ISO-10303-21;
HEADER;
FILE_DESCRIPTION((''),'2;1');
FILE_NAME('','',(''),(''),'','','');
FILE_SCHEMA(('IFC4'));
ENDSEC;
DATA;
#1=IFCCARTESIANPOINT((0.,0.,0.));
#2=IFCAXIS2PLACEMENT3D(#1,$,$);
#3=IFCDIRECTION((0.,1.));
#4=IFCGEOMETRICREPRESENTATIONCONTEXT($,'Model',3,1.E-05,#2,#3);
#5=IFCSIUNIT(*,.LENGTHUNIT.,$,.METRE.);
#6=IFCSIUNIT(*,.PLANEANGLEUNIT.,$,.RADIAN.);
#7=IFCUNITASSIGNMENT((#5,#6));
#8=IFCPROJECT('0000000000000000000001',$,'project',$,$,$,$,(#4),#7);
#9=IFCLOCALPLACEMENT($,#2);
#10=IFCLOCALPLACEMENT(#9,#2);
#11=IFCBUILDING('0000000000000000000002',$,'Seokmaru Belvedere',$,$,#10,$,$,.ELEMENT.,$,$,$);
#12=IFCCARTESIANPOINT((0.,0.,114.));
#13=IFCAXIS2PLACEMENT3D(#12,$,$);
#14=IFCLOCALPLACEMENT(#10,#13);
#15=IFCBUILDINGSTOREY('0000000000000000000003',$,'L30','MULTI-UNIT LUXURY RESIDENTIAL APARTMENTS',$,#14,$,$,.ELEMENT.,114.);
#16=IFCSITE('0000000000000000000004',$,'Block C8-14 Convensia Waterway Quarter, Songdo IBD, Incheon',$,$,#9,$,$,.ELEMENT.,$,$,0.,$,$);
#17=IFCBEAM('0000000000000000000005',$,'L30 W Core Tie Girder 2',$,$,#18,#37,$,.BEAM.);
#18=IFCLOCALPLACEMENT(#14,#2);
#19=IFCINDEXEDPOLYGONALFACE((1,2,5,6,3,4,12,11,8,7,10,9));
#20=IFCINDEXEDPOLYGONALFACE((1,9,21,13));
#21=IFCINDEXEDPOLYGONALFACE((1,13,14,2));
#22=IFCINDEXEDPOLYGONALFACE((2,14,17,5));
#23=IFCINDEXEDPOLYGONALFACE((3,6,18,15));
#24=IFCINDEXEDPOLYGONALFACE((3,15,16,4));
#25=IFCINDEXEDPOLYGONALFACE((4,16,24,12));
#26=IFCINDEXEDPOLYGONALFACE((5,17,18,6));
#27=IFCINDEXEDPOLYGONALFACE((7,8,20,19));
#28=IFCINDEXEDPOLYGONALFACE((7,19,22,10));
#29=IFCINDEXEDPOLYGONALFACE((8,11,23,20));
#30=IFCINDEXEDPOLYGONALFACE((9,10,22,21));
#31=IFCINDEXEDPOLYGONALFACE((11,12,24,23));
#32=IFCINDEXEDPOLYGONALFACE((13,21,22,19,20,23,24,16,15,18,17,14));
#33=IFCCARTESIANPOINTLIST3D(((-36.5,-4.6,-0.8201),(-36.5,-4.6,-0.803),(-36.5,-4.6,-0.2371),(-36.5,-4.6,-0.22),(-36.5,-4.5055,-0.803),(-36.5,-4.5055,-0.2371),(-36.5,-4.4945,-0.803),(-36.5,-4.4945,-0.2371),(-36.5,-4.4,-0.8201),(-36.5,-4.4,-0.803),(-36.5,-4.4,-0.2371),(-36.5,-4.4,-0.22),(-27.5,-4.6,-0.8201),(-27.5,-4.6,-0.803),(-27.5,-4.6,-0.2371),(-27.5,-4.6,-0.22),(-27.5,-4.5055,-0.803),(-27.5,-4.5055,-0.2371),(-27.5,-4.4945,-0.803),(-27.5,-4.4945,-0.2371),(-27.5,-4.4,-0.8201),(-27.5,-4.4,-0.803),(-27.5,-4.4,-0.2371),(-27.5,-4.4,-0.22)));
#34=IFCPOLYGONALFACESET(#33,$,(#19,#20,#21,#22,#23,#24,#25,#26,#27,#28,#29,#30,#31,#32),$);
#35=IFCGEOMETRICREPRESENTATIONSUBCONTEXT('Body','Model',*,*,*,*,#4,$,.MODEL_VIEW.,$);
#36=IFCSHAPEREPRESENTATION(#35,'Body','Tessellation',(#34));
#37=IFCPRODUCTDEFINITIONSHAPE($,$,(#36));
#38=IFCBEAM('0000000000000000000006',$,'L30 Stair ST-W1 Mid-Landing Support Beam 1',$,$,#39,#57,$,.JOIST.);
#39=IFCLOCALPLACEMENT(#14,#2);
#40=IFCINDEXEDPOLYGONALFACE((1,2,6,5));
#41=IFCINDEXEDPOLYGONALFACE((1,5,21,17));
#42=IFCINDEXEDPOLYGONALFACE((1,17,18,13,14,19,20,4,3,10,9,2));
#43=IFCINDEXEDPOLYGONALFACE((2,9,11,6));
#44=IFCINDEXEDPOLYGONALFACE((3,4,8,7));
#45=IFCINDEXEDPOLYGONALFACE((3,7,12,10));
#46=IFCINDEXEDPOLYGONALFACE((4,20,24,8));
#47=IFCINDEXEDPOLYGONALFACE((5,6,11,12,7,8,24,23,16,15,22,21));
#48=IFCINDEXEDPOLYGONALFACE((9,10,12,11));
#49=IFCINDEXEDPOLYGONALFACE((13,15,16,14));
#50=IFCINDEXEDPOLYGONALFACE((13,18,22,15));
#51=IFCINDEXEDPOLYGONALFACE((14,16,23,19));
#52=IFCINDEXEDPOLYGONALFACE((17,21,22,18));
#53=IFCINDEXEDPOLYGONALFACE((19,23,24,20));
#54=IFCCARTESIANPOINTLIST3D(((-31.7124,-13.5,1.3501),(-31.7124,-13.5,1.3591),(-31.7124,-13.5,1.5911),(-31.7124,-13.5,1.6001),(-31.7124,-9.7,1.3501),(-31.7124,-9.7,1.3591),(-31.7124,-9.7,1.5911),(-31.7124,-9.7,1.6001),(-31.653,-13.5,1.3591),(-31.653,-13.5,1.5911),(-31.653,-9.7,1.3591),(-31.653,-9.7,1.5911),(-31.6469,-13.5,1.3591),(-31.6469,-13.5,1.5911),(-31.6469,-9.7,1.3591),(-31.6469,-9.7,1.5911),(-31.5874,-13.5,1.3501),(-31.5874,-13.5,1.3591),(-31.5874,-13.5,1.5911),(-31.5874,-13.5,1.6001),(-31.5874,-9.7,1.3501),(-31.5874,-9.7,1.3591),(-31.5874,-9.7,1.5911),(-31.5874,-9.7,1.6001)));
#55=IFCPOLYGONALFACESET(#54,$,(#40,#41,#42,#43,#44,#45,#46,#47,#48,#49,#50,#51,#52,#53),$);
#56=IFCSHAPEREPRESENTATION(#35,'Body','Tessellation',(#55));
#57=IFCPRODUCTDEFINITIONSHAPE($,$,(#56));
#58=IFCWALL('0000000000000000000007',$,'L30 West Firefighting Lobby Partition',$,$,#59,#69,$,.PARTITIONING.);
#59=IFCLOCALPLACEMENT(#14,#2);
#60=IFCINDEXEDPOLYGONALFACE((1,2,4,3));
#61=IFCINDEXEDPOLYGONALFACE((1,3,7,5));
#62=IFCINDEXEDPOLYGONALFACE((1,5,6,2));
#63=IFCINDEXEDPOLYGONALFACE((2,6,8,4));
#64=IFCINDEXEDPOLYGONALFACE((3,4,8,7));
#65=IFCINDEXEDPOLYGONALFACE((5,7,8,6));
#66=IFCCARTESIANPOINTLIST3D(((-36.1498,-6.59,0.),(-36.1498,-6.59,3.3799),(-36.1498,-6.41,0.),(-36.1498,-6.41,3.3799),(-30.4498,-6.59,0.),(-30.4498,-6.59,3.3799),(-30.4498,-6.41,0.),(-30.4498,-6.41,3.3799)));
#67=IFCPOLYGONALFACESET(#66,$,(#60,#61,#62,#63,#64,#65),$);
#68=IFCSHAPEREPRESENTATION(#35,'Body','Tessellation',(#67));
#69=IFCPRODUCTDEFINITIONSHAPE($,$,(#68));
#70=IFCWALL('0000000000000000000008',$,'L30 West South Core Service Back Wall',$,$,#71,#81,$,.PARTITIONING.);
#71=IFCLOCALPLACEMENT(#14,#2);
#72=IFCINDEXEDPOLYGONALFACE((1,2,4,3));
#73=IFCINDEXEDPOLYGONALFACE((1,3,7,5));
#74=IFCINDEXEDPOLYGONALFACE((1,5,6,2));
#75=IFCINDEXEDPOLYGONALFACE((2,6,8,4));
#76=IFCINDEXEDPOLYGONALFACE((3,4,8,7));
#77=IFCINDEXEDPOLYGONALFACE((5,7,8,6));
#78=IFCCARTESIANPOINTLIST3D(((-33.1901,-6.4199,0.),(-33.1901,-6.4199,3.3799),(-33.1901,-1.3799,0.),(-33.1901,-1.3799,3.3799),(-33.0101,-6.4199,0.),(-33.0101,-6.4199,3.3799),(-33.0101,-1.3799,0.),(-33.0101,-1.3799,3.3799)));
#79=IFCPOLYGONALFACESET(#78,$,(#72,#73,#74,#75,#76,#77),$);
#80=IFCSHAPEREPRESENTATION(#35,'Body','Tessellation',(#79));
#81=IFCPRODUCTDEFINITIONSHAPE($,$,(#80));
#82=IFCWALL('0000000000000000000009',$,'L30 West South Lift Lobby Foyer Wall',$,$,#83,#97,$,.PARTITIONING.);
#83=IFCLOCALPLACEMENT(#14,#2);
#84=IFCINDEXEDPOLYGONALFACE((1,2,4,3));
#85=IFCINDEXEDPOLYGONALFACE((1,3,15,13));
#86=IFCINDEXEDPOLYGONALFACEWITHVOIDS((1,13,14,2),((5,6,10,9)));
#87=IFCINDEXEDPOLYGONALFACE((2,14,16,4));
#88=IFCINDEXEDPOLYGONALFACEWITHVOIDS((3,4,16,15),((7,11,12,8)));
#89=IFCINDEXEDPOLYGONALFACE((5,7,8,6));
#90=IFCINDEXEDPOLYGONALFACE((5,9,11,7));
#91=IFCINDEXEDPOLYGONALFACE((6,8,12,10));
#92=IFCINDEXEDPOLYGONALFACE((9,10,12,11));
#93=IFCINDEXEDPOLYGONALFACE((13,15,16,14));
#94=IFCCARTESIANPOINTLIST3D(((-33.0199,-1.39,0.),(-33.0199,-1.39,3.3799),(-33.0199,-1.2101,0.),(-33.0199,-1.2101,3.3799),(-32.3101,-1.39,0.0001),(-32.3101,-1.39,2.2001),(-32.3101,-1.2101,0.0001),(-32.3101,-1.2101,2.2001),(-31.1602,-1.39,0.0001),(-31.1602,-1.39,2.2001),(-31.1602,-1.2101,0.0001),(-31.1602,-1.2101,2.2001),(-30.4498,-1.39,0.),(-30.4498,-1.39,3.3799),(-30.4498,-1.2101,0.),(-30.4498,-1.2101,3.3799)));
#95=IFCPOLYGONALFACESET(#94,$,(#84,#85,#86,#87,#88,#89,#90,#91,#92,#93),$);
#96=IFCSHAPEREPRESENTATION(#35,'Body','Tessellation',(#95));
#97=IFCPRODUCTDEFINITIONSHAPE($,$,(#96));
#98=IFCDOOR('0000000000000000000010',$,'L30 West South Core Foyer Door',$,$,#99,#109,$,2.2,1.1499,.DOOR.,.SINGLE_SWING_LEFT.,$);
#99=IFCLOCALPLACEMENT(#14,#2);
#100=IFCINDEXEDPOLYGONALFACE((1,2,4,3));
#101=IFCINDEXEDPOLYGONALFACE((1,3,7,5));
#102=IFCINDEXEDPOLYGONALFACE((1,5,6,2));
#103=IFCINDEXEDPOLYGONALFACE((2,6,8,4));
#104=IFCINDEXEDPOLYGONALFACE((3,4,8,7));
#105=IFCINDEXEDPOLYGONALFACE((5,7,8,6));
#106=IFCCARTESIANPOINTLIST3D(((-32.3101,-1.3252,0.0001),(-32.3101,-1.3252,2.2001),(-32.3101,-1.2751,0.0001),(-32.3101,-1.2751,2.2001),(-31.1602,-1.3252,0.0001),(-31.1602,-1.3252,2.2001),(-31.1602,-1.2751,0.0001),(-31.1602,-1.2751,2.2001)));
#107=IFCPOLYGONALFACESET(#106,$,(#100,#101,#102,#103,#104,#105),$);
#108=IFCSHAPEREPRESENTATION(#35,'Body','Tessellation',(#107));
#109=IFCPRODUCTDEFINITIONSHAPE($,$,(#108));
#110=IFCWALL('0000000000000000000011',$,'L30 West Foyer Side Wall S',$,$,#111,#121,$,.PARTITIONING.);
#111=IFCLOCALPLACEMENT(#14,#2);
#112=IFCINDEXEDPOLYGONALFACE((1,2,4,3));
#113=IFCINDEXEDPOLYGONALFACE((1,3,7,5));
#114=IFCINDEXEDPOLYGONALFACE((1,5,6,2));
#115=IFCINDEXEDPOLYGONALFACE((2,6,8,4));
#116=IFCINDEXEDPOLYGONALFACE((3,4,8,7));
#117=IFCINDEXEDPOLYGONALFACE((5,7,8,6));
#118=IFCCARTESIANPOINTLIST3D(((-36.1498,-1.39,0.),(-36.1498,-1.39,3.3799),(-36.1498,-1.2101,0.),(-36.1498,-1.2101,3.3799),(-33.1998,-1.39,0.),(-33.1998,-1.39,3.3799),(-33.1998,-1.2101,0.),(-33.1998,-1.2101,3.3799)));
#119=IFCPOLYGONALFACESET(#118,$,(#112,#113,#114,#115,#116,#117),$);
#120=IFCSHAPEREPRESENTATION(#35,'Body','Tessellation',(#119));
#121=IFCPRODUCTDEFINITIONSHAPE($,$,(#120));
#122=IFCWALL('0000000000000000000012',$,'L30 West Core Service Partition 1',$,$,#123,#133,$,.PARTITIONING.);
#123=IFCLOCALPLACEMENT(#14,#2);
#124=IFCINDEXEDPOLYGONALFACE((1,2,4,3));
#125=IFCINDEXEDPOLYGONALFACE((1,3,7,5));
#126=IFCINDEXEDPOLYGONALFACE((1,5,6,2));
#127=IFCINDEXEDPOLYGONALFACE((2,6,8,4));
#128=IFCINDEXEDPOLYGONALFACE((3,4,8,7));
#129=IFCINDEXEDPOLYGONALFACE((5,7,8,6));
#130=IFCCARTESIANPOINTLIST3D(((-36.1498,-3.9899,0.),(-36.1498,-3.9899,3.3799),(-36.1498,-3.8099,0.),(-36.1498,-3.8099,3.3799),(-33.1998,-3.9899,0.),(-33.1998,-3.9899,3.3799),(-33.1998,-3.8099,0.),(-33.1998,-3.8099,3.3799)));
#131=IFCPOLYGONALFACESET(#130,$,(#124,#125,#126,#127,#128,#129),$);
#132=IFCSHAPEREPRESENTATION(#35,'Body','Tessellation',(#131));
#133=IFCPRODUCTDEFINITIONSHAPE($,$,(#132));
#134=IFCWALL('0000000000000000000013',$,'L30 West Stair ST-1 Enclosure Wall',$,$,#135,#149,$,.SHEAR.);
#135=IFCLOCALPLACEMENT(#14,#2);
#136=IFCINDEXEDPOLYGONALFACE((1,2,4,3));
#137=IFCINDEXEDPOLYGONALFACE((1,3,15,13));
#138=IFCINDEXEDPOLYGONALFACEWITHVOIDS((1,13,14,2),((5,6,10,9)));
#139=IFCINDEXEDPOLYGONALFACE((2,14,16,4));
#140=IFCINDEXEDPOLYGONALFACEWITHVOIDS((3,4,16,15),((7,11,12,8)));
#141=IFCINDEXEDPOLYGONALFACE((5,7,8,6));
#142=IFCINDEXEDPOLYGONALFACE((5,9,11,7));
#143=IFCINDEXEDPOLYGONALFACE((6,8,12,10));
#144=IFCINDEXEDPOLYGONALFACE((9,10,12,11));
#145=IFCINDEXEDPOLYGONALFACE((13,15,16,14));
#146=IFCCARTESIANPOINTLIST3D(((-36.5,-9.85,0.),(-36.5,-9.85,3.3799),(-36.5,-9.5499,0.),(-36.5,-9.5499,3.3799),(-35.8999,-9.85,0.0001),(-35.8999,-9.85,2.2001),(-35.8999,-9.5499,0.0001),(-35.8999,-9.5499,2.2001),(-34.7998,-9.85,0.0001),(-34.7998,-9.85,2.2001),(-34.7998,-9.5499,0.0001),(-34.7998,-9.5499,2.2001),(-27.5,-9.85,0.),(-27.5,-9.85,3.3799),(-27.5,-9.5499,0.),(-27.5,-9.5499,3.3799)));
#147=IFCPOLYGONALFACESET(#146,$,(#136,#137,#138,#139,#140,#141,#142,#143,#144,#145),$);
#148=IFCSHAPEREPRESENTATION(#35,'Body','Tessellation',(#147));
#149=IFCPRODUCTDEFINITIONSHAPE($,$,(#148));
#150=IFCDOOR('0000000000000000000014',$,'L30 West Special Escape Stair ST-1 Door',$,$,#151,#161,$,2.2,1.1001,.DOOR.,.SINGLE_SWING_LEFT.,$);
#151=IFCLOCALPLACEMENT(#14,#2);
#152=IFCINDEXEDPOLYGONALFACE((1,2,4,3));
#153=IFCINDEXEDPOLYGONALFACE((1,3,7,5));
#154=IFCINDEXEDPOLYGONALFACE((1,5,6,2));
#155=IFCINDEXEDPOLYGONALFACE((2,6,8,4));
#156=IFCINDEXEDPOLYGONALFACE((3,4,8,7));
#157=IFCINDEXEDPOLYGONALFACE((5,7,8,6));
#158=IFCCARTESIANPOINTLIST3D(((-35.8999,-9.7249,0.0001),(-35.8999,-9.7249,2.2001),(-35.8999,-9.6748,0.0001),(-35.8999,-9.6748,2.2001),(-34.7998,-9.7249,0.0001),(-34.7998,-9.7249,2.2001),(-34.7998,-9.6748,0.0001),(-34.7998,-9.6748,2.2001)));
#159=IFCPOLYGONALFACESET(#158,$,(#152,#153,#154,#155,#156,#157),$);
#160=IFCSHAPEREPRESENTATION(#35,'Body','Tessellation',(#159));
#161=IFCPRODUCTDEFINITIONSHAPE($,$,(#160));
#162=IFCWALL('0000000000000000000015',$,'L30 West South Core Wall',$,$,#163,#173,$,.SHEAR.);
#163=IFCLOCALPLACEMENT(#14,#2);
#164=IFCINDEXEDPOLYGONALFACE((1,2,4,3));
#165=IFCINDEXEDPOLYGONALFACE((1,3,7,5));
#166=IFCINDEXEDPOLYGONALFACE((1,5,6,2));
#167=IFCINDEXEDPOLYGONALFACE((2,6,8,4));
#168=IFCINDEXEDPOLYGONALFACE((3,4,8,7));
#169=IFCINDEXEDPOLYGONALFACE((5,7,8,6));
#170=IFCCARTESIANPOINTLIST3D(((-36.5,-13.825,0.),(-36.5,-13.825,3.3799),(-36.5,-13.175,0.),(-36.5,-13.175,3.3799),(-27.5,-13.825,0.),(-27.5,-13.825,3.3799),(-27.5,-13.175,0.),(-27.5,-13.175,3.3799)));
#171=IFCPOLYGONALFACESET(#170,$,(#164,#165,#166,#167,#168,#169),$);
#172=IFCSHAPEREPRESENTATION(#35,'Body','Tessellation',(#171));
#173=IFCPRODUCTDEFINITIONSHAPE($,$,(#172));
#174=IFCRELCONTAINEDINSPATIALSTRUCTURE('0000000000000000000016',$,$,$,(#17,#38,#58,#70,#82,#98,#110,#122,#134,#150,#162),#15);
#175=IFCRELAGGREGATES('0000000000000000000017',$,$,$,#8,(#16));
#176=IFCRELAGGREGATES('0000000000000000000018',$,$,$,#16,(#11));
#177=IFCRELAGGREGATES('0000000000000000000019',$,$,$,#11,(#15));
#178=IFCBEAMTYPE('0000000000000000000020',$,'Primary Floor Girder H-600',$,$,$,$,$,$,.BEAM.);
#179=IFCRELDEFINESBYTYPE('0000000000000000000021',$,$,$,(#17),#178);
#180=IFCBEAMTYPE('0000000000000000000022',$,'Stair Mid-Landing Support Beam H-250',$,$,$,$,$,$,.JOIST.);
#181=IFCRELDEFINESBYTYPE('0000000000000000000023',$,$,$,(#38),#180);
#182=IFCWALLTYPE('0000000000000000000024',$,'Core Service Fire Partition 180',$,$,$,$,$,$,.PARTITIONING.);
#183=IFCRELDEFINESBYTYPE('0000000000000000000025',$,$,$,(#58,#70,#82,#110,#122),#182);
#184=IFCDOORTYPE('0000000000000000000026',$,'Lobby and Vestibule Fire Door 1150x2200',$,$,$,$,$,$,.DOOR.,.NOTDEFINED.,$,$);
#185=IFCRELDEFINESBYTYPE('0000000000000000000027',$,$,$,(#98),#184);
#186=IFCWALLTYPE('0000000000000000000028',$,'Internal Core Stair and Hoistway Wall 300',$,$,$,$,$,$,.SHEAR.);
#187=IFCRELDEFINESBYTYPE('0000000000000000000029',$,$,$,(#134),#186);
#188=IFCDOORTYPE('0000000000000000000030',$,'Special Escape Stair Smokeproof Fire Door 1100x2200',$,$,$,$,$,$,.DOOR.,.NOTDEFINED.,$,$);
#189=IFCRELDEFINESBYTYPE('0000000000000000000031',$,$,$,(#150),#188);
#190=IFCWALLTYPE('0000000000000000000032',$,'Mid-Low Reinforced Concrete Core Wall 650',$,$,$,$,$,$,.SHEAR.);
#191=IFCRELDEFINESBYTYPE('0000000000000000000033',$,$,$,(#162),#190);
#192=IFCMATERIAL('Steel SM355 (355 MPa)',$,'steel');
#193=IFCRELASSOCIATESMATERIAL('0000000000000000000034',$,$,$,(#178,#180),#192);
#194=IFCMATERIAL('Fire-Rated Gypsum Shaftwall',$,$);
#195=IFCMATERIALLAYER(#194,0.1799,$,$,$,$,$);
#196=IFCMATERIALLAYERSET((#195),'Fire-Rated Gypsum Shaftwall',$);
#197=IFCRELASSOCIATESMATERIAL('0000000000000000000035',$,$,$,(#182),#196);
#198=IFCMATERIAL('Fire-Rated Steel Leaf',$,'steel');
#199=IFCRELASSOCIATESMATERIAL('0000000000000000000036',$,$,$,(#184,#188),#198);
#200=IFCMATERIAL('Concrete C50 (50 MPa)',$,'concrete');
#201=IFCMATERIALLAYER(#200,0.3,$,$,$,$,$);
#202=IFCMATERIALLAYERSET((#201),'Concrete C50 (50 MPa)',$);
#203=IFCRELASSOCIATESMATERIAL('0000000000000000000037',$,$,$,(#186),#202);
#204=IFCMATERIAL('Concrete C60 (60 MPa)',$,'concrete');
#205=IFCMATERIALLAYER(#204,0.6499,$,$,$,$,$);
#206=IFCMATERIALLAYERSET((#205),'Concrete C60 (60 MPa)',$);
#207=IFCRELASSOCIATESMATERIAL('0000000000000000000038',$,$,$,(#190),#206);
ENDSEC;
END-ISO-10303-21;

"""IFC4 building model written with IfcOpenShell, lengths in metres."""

from ifc_helpers import new_model, si_unit, direction, frame, frame_2d, origin, origin_2d, place, context, subcontext, project, spatial, rectangle, i_section, extrude, source, transform, mapped, material, layer, layer_set, material_profile, profile_set, type_object, type_shapes, element, fill, save


model = new_model("IFC4")

# Units and contexts
model_context = context("Model", 3, precision=1e-05, world=origin(), true_north=direction((0.0, 1.0)))
body_context = subcontext(model_context, "Body", "Model", "MODEL_VIEW")
ifc_project = project(units=[si_unit("LENGTHUNIT", "METRE"), si_unit("PLANEANGLEUNIT", "RADIAN")], contexts=[model_context])

# Site, building, storey
site_placement = place(None, origin())
site = spatial("IfcSite", under=ifc_project, at=site_placement, Name="Block C8-14 Convensia Waterway Quarter, Songdo IBD, Incheon", CompositionType="ELEMENT", RefElevation=0.0)
building_placement = place(site_placement, origin())
building = spatial("IfcBuilding", under=site, at=building_placement, Name="Seokmaru Belvedere", CompositionType="ELEMENT")
storey_placement = place(building_placement, frame((0.0, 0.0, 114.0)))
storey = spatial("IfcBuildingStorey", under=building, at=storey_placement, Name="L30", Description="MULTI-UNIT LUXURY RESIDENTIAL APARTMENTS", CompositionType="ELEMENT", Elevation=114.0)

# Beams
ifc_material_1 = material(Name="Steel SM355 (355 MPa)", Category="steel")
ifc_material_profile_1 = material_profile(ifc_material_1, i_section(OverallWidth=0.2, OverallDepth=0.6001, WebThickness=0.011, FlangeThickness=0.0171, at=origin_2d()), Name="H-600x200x11x17")
ifc_profile_set_1 = profile_set([ifc_material_profile_1], Name="Steel SM355 (355 MPa)")
beam_type_1 = type_object("IfcBeamType", Name="Primary Floor Girder H-600", PredefinedType="BEAM", material=ifc_profile_set_1)
shared_shape_1 = source(origin(), body_context, "Body", "SweptSolid", [
    extrude(i_section(OverallWidth=0.2, OverallDepth=0.6001, WebThickness=0.011, FlangeThickness=0.0171, at=origin_2d()), origin(), (0.0, 0.0, 1.0), 9.0),
])
type_shapes(beam_type_1, [shared_shape_1])
beam_1_placement = place(storey_placement, frame((-36.5, -4.5, -0.52), z_axis=(1.0, 0.0, 0.0), x_axis=(0.0, 1.0, 0.0)))
element("IfcBeam", 1, at=beam_1_placement, inside=storey, type_object=beam_type_1, Name="L30 W Core Tie Girder 2", PredefinedType="BEAM", context=body_context, shape_type="MappedRepresentation", body=[
    mapped(shared_shape_1, transform((0.0, 0.0, 0.0), scale=1.0)),
])
ifc_material_profile_2 = material_profile(ifc_material_1, i_section(OverallWidth=0.125, OverallDepth=0.25, WebThickness=0.0061, FlangeThickness=0.009, at=origin_2d()), Name="H-250x125x6x9")
ifc_profile_set_2 = profile_set([ifc_material_profile_2], Name="Steel SM355 (355 MPa)")
beam_type_2 = type_object("IfcBeamType", Name="Stair Mid-Landing Support Beam H-250", PredefinedType="JOIST", material=ifc_profile_set_2)
shared_shape_2 = source(origin(), body_context, "Body", "SweptSolid", [
    extrude(i_section(OverallWidth=0.125, OverallDepth=0.25, WebThickness=0.0061, FlangeThickness=0.009, at=origin_2d()), origin(), (0.0, 0.0, 1.0), 3.8),
])
type_shapes(beam_type_2, [shared_shape_2])
beam_2_placement = place(storey_placement, frame((-31.6499, -13.5, 1.4751), z_axis=(0.0, 1.0, 0.0), x_axis=(-1.0, 0.0, 0.0)))
element("IfcBeam", 2, at=beam_2_placement, inside=storey, type_object=beam_type_2, Name="L30 Stair ST-W1 Mid-Landing Support Beam 1", PredefinedType="JOIST", context=body_context, shape_type="MappedRepresentation", body=[
    mapped(shared_shape_2, transform((0.0, 0.0, 0.0), scale=1.0)),
])

# Walls
ifc_material_2 = material(Name="Fire-Rated Gypsum Shaftwall")
ifc_layer_1 = layer(ifc_material_2, 0.1799)
ifc_layer_set_1 = layer_set([ifc_layer_1], Name="Fire-Rated Gypsum Shaftwall")
wall_type_1 = type_object("IfcWallType", Name="Core Service Fire Partition 180", PredefinedType="PARTITIONING", material=ifc_layer_set_1)
wall_1_placement = place(storey_placement, frame((-36.1499, -6.5, 0.0), z_axis=(0.0, 0.0, 1.0), x_axis=(1.0, 0.0, 0.0)))
element("IfcWall", 3, at=wall_1_placement, inside=storey, type_object=wall_type_1, Name="L30 West Firefighting Lobby Partition", PredefinedType="PARTITIONING", context=body_context, shape_type="SweptSolid", body=[
    extrude(rectangle(XDim=5.7, YDim=0.1799, at=frame_2d((2.8501, 0.0))), origin(), (0.0, 0.0, 1.0), 3.3799),
])
wall_2_placement = place(storey_placement, frame((-33.1001, -6.4199, 0.0), z_axis=(0.0, 0.0, 1.0), x_axis=(0.0, 1.0, 0.0)))
element("IfcWall", 4, at=wall_2_placement, inside=storey, type_object=wall_type_1, Name="L30 West South Core Service Back Wall", PredefinedType="PARTITIONING", context=body_context, shape_type="SweptSolid", body=[
    extrude(rectangle(XDim=5.04, YDim=0.1799, at=frame_2d((2.52, 0.0))), origin(), (0.0, 0.0, 1.0), 3.3799),
])

# Wall, opening, door
wall_3_placement = place(storey_placement, frame((-33.02, -1.3, 0.0), z_axis=(0.0, 0.0, 1.0), x_axis=(1.0, 0.0, 0.0)))
wall_3 = element("IfcWall", 5, at=wall_3_placement, inside=storey, type_object=wall_type_1, Name="L30 West South Lift Lobby Foyer Wall", PredefinedType="PARTITIONING", context=body_context, shape_type="SweptSolid", body=[
    extrude(rectangle(XDim=2.5701, YDim=0.1799, at=frame_2d((1.2852, 0.0))), origin(), (0.0, 0.0, 1.0), 3.3799),
])
opening_1_placement = place(wall_3_placement, frame((0.71, 0.0, 0.0)))
opening_1 = element("IfcOpeningElement", 6, at=opening_1_placement, cuts=wall_3, PredefinedType="OPENING", context=body_context, shape_type="SweptSolid", body=[
    extrude(rectangle(XDim=1.1499, YDim=2.2, at=frame_2d((0.575, 1.1001))), frame((0.0, 0.1001, 0.0), z_axis=(0.0, -1.0, 0.0), x_axis=(1.0, 0.0, 0.0)), (0.0, 0.0, 1.0), 0.2),
])
ifc_material_3 = material(Name="Fire-Rated Steel Leaf", Category="steel")
door_type_1 = type_object("IfcDoorType", Name="Lobby and Vestibule Fire Door 1150x2200", OperationType="NOTDEFINED", PredefinedType="DOOR", material=ifc_material_3)
shared_shape_3 = source(origin(), body_context, "Body", "SweptSolid", [
    extrude(rectangle(XDim=1.1499, YDim=2.2, at=frame_2d((0.575, 1.1001))), frame((0.0, 0.0249, 0.0), z_axis=(0.0, -1.0, 0.0), x_axis=(1.0, 0.0, 0.0)), (0.0, 0.0, 1.0), 0.05),
])
type_shapes(door_type_1, [shared_shape_3])
door_1_placement = place(opening_1_placement, origin())
door_1 = element("IfcDoor", 7, at=door_1_placement, inside=storey, type_object=door_type_1, Name="L30 West South Core Foyer Door", OperationType="SINGLE_SWING_LEFT", OverallHeight=2.2, OverallWidth=1.1499, PredefinedType="DOOR", context=body_context, shape_type="MappedRepresentation", body=[
    mapped(shared_shape_3, transform((0.0, 0.0, 0.0), scale=1.0)),
])
fill(opening_1, door_1)

# Walls
for number, where, z_axis, x_axis, name in (
    (8, (-36.1499, -1.3, 0.0), (0.0, 0.0, 1.0), (1.0, 0.0, 0.0), "L30 West Foyer Side Wall S"),
    (9, (-36.1499, -3.8999, 0.0), (0.0, 0.0, 1.0), (1.0, 0.0, 0.0), "L30 West Core Service Partition 1"),
):
    element("IfcWall", number, at=place(storey_placement, frame(where, z_axis=z_axis, x_axis=x_axis)), inside=storey, type_object=wall_type_1, Name=name, PredefinedType="PARTITIONING", context=body_context, shape_type="SweptSolid", body=[
        extrude(rectangle(XDim=2.95, YDim=0.1799, at=frame_2d((1.4751, 0.0))), origin(), (0.0, 0.0, 1.0), 3.3799),
    ])

# Wall, opening, door
ifc_material_4 = material(Name="Concrete C50 (50 MPa)", Category="concrete")
ifc_layer_2 = layer(ifc_material_4, 0.3)
ifc_layer_set_2 = layer_set([ifc_layer_2], Name="Concrete C50 (50 MPa)")
wall_type_2 = type_object("IfcWallType", Name="Internal Core Stair and Hoistway Wall 300", PredefinedType="SHEAR", material=ifc_layer_set_2)
wall_4_placement = place(storey_placement, frame((-36.5, -9.7, 0.0), z_axis=(0.0, 0.0, 1.0), x_axis=(1.0, 0.0, 0.0)))
wall_4 = element("IfcWall", 10, at=wall_4_placement, inside=storey, type_object=wall_type_2, Name="L30 West Stair ST-1 Enclosure Wall", PredefinedType="SHEAR", context=body_context, shape_type="SweptSolid", body=[
    extrude(rectangle(XDim=9.0, YDim=0.3, at=frame_2d((4.5, 0.0))), origin(), (0.0, 0.0, 1.0), 3.3799),
])
opening_2_placement = place(wall_4_placement, frame((0.6001, 0.0, 0.0)))
opening_2 = element("IfcOpeningElement", 11, at=opening_2_placement, cuts=wall_4, PredefinedType="OPENING", context=body_context, shape_type="SweptSolid", body=[
    extrude(rectangle(XDim=1.1001, YDim=2.2, at=frame_2d((0.55, 1.1001))), frame((0.0, 0.1602, 0.0), z_axis=(0.0, -1.0, 0.0), x_axis=(1.0, 0.0, 0.0)), (0.0, 0.0, 1.0), 0.3201),
])
door_type_2 = type_object("IfcDoorType", Name="Special Escape Stair Smokeproof Fire Door 1100x2200", OperationType="NOTDEFINED", PredefinedType="DOOR", material=ifc_material_3)
shared_shape_4 = source(origin(), body_context, "Body", "SweptSolid", [
    extrude(rectangle(XDim=1.1001, YDim=2.2, at=frame_2d((0.55, 1.1001))), frame((0.0, 0.0249, 0.0), z_axis=(0.0, -1.0, 0.0), x_axis=(1.0, 0.0, 0.0)), (0.0, 0.0, 1.0), 0.05),
])
type_shapes(door_type_2, [shared_shape_4])
door_2_placement = place(opening_2_placement, frame((1.1001, 0.0, 0.0), z_axis=(0.0, 0.0, 1.0), x_axis=(-1.0, 0.0, 0.0)))
door_2 = element("IfcDoor", 12, at=door_2_placement, inside=storey, type_object=door_type_2, Name="L30 West Special Escape Stair ST-1 Door", OperationType="SINGLE_SWING_LEFT", OverallHeight=2.2, OverallWidth=1.1001, PredefinedType="DOOR", context=body_context, shape_type="MappedRepresentation", body=[
    mapped(shared_shape_4, transform((0.0, 0.0, 0.0), scale=1.0)),
])
fill(opening_2, door_2)

# Wall
ifc_material_5 = material(Name="Concrete C60 (60 MPa)", Category="concrete")
ifc_layer_3 = layer(ifc_material_5, 0.6499)
ifc_layer_set_3 = layer_set([ifc_layer_3], Name="Concrete C60 (60 MPa)")
wall_type_3 = type_object("IfcWallType", Name="Mid-Low Reinforced Concrete Core Wall 650", PredefinedType="SHEAR", material=ifc_layer_set_3)
wall_5_placement = place(storey_placement, frame((-36.5, -13.5, 0.0), z_axis=(0.0, 0.0, 1.0), x_axis=(1.0, 0.0, 0.0)))
element("IfcWall", 13, at=wall_5_placement, inside=storey, type_object=wall_type_3, Name="L30 West South Core Wall", PredefinedType="SHEAR", context=body_context, shape_type="SweptSolid", body=[
    extrude(rectangle(XDim=9.0, YDim=0.6499, at=frame_2d((4.5, 0.0))), origin(), (0.0, 0.0, 1.0), 3.3799),
])

save(model, "model.ifc")
